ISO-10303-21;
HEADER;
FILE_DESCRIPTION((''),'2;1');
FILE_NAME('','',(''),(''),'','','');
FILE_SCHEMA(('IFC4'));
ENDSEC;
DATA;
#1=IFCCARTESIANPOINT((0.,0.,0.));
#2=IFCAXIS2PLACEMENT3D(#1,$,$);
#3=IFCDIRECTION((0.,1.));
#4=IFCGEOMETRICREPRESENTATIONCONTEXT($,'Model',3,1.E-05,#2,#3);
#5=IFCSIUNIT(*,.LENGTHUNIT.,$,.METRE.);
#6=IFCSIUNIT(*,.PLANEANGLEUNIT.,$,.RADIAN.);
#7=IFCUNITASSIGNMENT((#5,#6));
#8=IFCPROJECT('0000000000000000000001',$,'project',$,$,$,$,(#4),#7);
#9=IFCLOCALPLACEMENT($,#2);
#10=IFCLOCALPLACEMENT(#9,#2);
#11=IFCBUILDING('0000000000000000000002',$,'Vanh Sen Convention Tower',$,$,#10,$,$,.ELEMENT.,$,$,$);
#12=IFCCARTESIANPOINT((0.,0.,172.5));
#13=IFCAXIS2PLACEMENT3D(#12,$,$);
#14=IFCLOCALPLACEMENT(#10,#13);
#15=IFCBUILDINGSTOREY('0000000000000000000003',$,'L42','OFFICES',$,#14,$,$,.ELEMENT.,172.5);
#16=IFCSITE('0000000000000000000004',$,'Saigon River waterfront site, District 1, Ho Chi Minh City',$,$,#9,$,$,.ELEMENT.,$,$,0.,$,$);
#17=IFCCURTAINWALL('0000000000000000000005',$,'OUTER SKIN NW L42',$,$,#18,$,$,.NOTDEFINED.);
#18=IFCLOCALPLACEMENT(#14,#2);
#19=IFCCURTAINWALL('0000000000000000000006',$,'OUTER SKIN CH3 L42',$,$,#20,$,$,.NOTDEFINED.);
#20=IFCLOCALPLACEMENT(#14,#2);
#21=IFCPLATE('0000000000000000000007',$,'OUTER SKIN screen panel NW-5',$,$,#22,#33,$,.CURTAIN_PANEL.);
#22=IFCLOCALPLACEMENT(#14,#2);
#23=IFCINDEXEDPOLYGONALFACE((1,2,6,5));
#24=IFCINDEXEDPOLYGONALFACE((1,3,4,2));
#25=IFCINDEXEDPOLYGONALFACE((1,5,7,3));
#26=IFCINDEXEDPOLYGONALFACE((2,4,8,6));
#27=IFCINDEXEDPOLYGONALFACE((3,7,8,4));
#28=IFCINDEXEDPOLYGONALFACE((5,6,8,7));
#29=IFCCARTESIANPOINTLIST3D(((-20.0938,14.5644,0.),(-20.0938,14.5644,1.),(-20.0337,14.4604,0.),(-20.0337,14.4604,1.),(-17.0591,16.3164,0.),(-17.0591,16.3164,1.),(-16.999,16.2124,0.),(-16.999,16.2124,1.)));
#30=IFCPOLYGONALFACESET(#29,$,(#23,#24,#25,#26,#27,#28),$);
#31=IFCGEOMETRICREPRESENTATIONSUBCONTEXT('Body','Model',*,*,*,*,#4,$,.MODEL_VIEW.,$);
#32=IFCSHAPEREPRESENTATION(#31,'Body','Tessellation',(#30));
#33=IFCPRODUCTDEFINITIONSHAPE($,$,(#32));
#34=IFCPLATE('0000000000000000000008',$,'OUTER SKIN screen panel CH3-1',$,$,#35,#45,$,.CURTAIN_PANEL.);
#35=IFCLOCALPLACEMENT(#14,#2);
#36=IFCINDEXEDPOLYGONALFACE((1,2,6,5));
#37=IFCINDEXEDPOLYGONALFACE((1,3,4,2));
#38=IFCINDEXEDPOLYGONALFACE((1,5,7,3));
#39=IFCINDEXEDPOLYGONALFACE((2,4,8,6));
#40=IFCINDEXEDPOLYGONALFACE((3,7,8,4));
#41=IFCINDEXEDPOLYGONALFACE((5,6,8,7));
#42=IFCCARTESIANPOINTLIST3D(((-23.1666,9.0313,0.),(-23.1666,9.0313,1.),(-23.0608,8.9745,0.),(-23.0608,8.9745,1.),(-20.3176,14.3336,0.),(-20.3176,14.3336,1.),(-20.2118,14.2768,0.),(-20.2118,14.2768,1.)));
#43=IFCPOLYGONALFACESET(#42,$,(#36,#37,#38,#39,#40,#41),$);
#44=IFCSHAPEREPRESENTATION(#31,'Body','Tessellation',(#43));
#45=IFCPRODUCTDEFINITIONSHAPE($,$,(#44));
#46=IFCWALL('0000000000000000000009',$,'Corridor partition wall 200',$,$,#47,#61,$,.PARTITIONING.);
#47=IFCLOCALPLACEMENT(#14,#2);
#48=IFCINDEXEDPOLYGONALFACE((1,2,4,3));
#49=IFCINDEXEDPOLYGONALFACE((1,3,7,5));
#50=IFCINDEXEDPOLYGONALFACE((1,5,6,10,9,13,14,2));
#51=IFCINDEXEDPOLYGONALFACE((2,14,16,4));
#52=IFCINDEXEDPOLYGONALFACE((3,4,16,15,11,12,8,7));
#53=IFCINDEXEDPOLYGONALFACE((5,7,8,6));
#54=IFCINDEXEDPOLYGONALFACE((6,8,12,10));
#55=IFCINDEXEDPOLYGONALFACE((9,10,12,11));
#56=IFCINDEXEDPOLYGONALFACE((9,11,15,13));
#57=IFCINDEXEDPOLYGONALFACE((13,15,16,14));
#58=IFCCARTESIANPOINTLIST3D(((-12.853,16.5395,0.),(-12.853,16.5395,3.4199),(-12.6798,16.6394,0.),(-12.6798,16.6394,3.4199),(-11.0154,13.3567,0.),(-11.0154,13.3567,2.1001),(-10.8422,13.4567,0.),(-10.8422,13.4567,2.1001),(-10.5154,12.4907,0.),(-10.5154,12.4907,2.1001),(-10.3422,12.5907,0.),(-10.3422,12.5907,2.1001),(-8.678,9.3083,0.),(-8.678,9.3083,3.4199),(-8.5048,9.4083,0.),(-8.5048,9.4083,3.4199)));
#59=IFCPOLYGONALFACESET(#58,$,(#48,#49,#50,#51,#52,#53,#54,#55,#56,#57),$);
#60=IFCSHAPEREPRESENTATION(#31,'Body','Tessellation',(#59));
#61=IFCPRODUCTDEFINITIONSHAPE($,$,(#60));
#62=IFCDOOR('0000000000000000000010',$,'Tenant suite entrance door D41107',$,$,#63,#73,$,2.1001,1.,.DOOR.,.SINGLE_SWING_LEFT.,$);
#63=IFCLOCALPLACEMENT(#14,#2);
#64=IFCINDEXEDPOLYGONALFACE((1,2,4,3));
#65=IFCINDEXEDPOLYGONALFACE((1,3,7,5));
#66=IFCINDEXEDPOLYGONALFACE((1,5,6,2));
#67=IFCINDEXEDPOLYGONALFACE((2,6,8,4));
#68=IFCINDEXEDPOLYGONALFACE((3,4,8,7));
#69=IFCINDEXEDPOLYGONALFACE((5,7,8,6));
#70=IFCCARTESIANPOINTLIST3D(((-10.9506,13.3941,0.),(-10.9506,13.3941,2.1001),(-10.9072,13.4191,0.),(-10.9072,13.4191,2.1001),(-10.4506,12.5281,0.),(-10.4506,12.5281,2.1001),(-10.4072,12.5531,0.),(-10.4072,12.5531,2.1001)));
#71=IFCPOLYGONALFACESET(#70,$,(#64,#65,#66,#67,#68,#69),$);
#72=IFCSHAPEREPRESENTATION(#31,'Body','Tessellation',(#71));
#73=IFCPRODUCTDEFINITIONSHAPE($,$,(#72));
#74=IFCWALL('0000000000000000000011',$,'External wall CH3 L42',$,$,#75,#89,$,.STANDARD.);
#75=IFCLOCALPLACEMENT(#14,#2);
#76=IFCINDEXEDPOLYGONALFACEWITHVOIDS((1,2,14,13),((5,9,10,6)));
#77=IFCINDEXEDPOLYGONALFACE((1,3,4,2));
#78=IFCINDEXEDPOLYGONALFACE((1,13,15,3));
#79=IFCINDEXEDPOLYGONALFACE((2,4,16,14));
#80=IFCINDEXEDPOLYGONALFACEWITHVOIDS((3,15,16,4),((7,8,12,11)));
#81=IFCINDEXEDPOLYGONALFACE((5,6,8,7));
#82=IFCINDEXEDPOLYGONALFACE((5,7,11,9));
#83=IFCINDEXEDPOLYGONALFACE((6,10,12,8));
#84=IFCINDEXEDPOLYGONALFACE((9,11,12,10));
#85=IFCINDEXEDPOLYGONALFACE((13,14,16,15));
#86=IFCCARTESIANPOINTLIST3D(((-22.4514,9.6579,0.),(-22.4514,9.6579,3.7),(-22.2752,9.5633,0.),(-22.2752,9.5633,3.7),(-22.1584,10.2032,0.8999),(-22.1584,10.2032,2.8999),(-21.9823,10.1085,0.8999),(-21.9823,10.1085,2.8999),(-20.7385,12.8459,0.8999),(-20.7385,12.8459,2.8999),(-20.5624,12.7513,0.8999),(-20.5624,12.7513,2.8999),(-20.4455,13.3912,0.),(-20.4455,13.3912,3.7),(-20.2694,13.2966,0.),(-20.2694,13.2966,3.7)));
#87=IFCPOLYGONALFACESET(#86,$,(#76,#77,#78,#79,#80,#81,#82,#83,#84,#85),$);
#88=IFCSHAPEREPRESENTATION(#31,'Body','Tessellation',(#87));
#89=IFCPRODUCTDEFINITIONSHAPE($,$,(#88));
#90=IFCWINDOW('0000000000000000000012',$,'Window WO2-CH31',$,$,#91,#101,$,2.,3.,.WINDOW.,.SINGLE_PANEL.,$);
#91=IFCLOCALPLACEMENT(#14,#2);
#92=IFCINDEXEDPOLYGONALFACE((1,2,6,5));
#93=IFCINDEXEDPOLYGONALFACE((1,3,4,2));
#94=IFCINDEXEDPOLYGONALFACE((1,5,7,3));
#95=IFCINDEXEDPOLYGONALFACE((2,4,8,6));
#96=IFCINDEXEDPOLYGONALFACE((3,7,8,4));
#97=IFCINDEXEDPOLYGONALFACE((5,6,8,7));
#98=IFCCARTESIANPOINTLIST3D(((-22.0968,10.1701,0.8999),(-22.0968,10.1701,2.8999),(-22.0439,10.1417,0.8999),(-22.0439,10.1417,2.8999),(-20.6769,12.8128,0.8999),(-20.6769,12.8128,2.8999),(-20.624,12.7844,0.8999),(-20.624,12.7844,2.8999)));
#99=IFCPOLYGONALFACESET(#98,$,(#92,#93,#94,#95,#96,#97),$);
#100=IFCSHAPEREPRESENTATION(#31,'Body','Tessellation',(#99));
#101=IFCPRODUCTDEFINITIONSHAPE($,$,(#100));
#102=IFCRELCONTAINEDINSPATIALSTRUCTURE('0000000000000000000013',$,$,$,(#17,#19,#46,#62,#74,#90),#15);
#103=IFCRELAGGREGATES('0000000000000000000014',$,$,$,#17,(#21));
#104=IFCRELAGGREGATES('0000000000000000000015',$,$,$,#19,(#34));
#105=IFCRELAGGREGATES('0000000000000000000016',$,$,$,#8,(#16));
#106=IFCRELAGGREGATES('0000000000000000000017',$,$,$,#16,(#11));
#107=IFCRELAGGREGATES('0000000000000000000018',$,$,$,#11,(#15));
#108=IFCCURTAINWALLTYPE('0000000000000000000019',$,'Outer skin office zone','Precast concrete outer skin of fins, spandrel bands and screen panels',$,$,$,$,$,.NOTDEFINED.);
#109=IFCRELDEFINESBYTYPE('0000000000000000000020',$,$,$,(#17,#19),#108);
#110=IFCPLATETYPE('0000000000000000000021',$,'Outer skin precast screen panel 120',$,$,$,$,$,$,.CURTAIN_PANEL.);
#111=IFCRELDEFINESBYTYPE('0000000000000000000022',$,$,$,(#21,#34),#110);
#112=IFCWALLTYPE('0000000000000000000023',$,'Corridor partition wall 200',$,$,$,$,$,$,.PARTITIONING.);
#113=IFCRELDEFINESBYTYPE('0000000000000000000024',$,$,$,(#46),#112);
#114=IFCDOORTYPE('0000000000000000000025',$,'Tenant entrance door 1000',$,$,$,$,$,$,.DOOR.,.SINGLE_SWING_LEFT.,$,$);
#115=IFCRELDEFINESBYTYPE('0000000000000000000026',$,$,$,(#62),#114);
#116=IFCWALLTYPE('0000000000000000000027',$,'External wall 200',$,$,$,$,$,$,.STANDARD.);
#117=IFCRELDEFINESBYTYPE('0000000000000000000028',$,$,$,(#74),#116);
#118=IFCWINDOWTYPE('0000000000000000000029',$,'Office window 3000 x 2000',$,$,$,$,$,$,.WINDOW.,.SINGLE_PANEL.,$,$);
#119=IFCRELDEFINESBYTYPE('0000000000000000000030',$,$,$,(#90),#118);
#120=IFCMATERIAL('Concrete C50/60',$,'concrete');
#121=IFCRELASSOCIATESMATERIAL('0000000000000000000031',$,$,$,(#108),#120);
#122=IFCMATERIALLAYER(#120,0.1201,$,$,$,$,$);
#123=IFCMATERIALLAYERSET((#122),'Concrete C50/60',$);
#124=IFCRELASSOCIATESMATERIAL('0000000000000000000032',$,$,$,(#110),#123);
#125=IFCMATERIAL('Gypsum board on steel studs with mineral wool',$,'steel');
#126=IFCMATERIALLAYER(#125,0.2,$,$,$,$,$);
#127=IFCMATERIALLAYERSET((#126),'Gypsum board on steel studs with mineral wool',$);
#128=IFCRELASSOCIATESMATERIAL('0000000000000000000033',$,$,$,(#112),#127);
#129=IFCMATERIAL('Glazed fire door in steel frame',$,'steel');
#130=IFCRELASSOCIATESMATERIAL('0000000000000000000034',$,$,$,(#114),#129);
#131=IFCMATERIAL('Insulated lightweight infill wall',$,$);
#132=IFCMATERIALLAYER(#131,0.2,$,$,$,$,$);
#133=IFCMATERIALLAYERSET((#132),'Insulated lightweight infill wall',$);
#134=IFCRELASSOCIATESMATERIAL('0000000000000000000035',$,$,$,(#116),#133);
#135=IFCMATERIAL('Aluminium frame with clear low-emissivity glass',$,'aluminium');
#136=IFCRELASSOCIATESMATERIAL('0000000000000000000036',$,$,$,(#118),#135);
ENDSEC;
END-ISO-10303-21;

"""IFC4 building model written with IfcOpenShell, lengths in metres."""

from ifc_helpers import new_model, si_unit, direction, frame, frame_2d, origin, origin_2d, place, context, subcontext, project, spatial, rectangle, extrude, material, layer, layer_set, type_object, element, fill, aggregate, save


model = new_model("IFC4")

# Units and contexts
model_context = context("Model", 3, precision=1e-05, world=origin(), true_north=direction((0.0, 1.0)))
body_context = subcontext(model_context, "Body", "Model", "MODEL_VIEW")
ifc_project = project(units=[si_unit("LENGTHUNIT", "METRE"), si_unit("PLANEANGLEUNIT", "RADIAN")], contexts=[model_context])

# Site, building, storey
site_placement = place(None, origin())
site = spatial("IfcSite", under=ifc_project, at=site_placement, Name="Saigon River waterfront site, District 1, Ho Chi Minh City", CompositionType="ELEMENT", RefElevation=0.0)
building_placement = place(site_placement, origin())
building = spatial("IfcBuilding", under=site, at=building_placement, Name="Vanh Sen Convention Tower", CompositionType="ELEMENT")
storey_placement = place(building_placement, frame((0.0, 0.0, 172.5)))
storey = spatial("IfcBuildingStorey", under=building, at=storey_placement, Name="L42", Description="OFFICES", CompositionType="ELEMENT", Elevation=172.5)

# Curtain wall
ifc_material_1 = material(Name="Concrete C50/60", Category="concrete")
curtain_wall_type = type_object("IfcCurtainWallType", Name="Outer skin office zone", Description="Precast concrete outer skin of fins, spandrel bands and screen panels", PredefinedType="NOTDEFINED", material=ifc_material_1)
curtain_wall_1_placement = place(storey_placement, origin())
curtain_wall_1 = element("IfcCurtainWall", 1, at=curtain_wall_1_placement, inside=storey, type_object=curtain_wall_type, Name="OUTER SKIN NW L42", PredefinedType="NOTDEFINED")

# Curtain wall
curtain_wall_2_placement = place(storey_placement, origin())
curtain_wall_2 = element("IfcCurtainWall", 2, at=curtain_wall_2_placement, inside=storey, type_object=curtain_wall_type, Name="OUTER SKIN CH3 L42", PredefinedType="NOTDEFINED")

# Plates
ifc_layer_1 = layer(ifc_material_1, 0.1201)
ifc_layer_set_1 = layer_set([ifc_layer_1], Name="Concrete C50/60")
plate_type = type_object("IfcPlateType", Name="Outer skin precast screen panel 120", PredefinedType="CURTAIN_PANEL", material=ifc_layer_set_1)
plate_1_placement = place(storey_placement, frame((-18.5464, 15.3884, 0.0), z_axis=(0.0, 0.0, 1.0), x_axis=(-0.866035, -0.499983, 0.0)))
plate_1 = element("IfcPlate", 3, at=plate_1_placement, type_object=plate_type, Name="OUTER SKIN screen panel NW-5", PredefinedType="CURTAIN_PANEL", context=body_context, shape_type="SweptSolid", body=[
    extrude(rectangle(XDim=3.5042, YDim=0.1201, at=origin_2d()), origin(), (0.0, 0.0, 1.0), 1.0),
])
aggregate(curtain_wall_1, [plate_1])
plate_2_placement = place(storey_placement, frame((-21.6892, 11.6541, 0.0), z_axis=(0.0, 0.0, 1.0), x_axis=(-0.473318, -0.880892, 0.0)))
plate_2 = element("IfcPlate", 4, at=plate_2_placement, type_object=plate_type, Name="OUTER SKIN screen panel CH3-1", PredefinedType="CURTAIN_PANEL", context=body_context, shape_type="SweptSolid", body=[
    extrude(rectangle(XDim=6.0193, YDim=0.1201, at=origin_2d()), origin(), (0.0, 0.0, 1.0), 1.0),
])
aggregate(curtain_wall_2, [plate_2])

# Wall, opening, door
ifc_material_2 = material(Name="Gypsum board on steel studs with mineral wool", Category="steel")
ifc_layer_2 = layer(ifc_material_2, 0.2)
ifc_layer_set_2 = layer_set([ifc_layer_2], Name="Gypsum board on steel studs with mineral wool")
wall_type_1 = type_object("IfcWallType", Name="Corridor partition wall 200", PredefinedType="PARTITIONING", material=ifc_layer_set_2)
wall_1_placement = place(storey_placement, frame((-12.7664, 16.5894, 0.0), z_axis=(0.0, 0.0, 1.0), x_axis=(0.50001, -0.86602, 0.0)))
wall_1 = element("IfcWall", 5, at=wall_1_placement, inside=storey, type_object=wall_type_1, Name="Corridor partition wall 200", PredefinedType="PARTITIONING", context=body_context, shape_type="SweptSolid", body=[
    extrude(rectangle(XDim=8.3499, YDim=0.2, at=frame_2d((4.1748, 0.0))), origin(), (0.0, 0.0, 1.0), 3.4199),
])
opening_1_placement = place(wall_1_placement, frame((3.675, 0.0, 0.0)))
opening_1 = element("IfcOpeningElement", 6, at=opening_1_placement, cuts=wall_1, PredefinedType="OPENING", context=body_context, shape_type="SweptSolid", body=[
    extrude(rectangle(XDim=1.0, YDim=2.1001, at=frame_2d((0.5, 1.05))), frame((0.0, 0.1099, 0.0), z_axis=(0.0, -1.0, 0.0), x_axis=(1.0, 0.0, 0.0)), (0.0, 0.0, 1.0), 0.22),
])
ifc_material_3 = material(Name="Glazed fire door in steel frame", Category="steel")
door_type = type_object("IfcDoorType", Name="Tenant entrance door 1000", OperationType="SINGLE_SWING_LEFT", PredefinedType="DOOR", material=ifc_material_3)
door_placement = place(opening_1_placement, origin())
door = element("IfcDoor", 7, at=door_placement, inside=storey, type_object=door_type, Name="Tenant suite entrance door D41107", OperationType="SINGLE_SWING_LEFT", OverallHeight=2.1001, OverallWidth=1.0, PredefinedType="DOOR", context=body_context, shape_type="SweptSolid", body=[
    extrude(rectangle(XDim=1.0, YDim=2.1001, at=frame_2d((0.5, 1.05))), frame((0.0, 0.0249, 0.0), z_axis=(0.0, -1.0, 0.0), x_axis=(1.0, 0.0, 0.0)), (0.0, 0.0, 1.0), 0.05),
])
fill(opening_1, door)

# Wall, opening, window
ifc_material_4 = material(Name="Insulated lightweight infill wall")
ifc_layer_3 = layer(ifc_material_4, 0.2)
ifc_layer_set_3 = layer_set([ifc_layer_3], Name="Insulated lightweight infill wall")
wall_type_2 = type_object("IfcWallType", Name="External wall 200", PredefinedType="STANDARD", material=ifc_layer_set_3)
wall_2_placement = place(storey_placement, frame((-20.3574, 13.344, 0.0), z_axis=(0.0, 0.0, 1.0), x_axis=(-0.473289, -0.880907, 0.0)))
wall_2 = element("IfcWall", 8, at=wall_2_placement, inside=storey, type_object=wall_type_2, Name="External wall CH3 L42", PredefinedType="STANDARD", context=body_context, shape_type="SweptSolid", body=[
    extrude(rectangle(XDim=4.238, YDim=0.2, at=frame_2d((2.1191, 0.0))), origin(), (0.0, 0.0, 1.0), 3.7),
])
opening_2_placement = place(wall_2_placement, frame((0.6191, 0.0, 0.8999)))
opening_2 = element("IfcOpeningElement", 9, at=opening_2_placement, cuts=wall_2, PredefinedType="OPENING", context=body_context, shape_type="SweptSolid", body=[
    extrude(rectangle(XDim=3.0, YDim=2.0, at=frame_2d((1.5, 1.0))), frame((0.0, 0.1099, 0.0), z_axis=(0.0, -1.0, 0.0), x_axis=(1.0, 0.0, 0.0)), (0.0, 0.0, 1.0), 0.22),
])
ifc_material_5 = material(Name="Aluminium frame with clear low-emissivity glass", Category="aluminium")
window_type_1 = type_object("IfcWindowType", Name="Office window 3000 x 2000", PartitioningType="SINGLE_PANEL", PredefinedType="WINDOW", material=ifc_material_5)
window_1_placement = place(opening_2_placement, origin())
window_1 = element("IfcWindow", 10, at=window_1_placement, inside=storey, type_object=window_type_1, Name="Window WO2-CH31", OverallHeight=2.0, OverallWidth=3.0, PartitioningType="SINGLE_PANEL", PredefinedType="WINDOW", context=body_context, shape_type="SweptSolid", body=[
    extrude(rectangle(XDim=3.0, YDim=2.0, at=frame_2d((1.5, 1.0))), frame((0.0, 0.03, 0.0), z_axis=(0.0, -1.0, 0.0), x_axis=(1.0, 0.0, 0.0)), (0.0, 0.0, 1.0), 0.0601),
])
fill(opening_2, window_1)

save(model, "model.ifc")
